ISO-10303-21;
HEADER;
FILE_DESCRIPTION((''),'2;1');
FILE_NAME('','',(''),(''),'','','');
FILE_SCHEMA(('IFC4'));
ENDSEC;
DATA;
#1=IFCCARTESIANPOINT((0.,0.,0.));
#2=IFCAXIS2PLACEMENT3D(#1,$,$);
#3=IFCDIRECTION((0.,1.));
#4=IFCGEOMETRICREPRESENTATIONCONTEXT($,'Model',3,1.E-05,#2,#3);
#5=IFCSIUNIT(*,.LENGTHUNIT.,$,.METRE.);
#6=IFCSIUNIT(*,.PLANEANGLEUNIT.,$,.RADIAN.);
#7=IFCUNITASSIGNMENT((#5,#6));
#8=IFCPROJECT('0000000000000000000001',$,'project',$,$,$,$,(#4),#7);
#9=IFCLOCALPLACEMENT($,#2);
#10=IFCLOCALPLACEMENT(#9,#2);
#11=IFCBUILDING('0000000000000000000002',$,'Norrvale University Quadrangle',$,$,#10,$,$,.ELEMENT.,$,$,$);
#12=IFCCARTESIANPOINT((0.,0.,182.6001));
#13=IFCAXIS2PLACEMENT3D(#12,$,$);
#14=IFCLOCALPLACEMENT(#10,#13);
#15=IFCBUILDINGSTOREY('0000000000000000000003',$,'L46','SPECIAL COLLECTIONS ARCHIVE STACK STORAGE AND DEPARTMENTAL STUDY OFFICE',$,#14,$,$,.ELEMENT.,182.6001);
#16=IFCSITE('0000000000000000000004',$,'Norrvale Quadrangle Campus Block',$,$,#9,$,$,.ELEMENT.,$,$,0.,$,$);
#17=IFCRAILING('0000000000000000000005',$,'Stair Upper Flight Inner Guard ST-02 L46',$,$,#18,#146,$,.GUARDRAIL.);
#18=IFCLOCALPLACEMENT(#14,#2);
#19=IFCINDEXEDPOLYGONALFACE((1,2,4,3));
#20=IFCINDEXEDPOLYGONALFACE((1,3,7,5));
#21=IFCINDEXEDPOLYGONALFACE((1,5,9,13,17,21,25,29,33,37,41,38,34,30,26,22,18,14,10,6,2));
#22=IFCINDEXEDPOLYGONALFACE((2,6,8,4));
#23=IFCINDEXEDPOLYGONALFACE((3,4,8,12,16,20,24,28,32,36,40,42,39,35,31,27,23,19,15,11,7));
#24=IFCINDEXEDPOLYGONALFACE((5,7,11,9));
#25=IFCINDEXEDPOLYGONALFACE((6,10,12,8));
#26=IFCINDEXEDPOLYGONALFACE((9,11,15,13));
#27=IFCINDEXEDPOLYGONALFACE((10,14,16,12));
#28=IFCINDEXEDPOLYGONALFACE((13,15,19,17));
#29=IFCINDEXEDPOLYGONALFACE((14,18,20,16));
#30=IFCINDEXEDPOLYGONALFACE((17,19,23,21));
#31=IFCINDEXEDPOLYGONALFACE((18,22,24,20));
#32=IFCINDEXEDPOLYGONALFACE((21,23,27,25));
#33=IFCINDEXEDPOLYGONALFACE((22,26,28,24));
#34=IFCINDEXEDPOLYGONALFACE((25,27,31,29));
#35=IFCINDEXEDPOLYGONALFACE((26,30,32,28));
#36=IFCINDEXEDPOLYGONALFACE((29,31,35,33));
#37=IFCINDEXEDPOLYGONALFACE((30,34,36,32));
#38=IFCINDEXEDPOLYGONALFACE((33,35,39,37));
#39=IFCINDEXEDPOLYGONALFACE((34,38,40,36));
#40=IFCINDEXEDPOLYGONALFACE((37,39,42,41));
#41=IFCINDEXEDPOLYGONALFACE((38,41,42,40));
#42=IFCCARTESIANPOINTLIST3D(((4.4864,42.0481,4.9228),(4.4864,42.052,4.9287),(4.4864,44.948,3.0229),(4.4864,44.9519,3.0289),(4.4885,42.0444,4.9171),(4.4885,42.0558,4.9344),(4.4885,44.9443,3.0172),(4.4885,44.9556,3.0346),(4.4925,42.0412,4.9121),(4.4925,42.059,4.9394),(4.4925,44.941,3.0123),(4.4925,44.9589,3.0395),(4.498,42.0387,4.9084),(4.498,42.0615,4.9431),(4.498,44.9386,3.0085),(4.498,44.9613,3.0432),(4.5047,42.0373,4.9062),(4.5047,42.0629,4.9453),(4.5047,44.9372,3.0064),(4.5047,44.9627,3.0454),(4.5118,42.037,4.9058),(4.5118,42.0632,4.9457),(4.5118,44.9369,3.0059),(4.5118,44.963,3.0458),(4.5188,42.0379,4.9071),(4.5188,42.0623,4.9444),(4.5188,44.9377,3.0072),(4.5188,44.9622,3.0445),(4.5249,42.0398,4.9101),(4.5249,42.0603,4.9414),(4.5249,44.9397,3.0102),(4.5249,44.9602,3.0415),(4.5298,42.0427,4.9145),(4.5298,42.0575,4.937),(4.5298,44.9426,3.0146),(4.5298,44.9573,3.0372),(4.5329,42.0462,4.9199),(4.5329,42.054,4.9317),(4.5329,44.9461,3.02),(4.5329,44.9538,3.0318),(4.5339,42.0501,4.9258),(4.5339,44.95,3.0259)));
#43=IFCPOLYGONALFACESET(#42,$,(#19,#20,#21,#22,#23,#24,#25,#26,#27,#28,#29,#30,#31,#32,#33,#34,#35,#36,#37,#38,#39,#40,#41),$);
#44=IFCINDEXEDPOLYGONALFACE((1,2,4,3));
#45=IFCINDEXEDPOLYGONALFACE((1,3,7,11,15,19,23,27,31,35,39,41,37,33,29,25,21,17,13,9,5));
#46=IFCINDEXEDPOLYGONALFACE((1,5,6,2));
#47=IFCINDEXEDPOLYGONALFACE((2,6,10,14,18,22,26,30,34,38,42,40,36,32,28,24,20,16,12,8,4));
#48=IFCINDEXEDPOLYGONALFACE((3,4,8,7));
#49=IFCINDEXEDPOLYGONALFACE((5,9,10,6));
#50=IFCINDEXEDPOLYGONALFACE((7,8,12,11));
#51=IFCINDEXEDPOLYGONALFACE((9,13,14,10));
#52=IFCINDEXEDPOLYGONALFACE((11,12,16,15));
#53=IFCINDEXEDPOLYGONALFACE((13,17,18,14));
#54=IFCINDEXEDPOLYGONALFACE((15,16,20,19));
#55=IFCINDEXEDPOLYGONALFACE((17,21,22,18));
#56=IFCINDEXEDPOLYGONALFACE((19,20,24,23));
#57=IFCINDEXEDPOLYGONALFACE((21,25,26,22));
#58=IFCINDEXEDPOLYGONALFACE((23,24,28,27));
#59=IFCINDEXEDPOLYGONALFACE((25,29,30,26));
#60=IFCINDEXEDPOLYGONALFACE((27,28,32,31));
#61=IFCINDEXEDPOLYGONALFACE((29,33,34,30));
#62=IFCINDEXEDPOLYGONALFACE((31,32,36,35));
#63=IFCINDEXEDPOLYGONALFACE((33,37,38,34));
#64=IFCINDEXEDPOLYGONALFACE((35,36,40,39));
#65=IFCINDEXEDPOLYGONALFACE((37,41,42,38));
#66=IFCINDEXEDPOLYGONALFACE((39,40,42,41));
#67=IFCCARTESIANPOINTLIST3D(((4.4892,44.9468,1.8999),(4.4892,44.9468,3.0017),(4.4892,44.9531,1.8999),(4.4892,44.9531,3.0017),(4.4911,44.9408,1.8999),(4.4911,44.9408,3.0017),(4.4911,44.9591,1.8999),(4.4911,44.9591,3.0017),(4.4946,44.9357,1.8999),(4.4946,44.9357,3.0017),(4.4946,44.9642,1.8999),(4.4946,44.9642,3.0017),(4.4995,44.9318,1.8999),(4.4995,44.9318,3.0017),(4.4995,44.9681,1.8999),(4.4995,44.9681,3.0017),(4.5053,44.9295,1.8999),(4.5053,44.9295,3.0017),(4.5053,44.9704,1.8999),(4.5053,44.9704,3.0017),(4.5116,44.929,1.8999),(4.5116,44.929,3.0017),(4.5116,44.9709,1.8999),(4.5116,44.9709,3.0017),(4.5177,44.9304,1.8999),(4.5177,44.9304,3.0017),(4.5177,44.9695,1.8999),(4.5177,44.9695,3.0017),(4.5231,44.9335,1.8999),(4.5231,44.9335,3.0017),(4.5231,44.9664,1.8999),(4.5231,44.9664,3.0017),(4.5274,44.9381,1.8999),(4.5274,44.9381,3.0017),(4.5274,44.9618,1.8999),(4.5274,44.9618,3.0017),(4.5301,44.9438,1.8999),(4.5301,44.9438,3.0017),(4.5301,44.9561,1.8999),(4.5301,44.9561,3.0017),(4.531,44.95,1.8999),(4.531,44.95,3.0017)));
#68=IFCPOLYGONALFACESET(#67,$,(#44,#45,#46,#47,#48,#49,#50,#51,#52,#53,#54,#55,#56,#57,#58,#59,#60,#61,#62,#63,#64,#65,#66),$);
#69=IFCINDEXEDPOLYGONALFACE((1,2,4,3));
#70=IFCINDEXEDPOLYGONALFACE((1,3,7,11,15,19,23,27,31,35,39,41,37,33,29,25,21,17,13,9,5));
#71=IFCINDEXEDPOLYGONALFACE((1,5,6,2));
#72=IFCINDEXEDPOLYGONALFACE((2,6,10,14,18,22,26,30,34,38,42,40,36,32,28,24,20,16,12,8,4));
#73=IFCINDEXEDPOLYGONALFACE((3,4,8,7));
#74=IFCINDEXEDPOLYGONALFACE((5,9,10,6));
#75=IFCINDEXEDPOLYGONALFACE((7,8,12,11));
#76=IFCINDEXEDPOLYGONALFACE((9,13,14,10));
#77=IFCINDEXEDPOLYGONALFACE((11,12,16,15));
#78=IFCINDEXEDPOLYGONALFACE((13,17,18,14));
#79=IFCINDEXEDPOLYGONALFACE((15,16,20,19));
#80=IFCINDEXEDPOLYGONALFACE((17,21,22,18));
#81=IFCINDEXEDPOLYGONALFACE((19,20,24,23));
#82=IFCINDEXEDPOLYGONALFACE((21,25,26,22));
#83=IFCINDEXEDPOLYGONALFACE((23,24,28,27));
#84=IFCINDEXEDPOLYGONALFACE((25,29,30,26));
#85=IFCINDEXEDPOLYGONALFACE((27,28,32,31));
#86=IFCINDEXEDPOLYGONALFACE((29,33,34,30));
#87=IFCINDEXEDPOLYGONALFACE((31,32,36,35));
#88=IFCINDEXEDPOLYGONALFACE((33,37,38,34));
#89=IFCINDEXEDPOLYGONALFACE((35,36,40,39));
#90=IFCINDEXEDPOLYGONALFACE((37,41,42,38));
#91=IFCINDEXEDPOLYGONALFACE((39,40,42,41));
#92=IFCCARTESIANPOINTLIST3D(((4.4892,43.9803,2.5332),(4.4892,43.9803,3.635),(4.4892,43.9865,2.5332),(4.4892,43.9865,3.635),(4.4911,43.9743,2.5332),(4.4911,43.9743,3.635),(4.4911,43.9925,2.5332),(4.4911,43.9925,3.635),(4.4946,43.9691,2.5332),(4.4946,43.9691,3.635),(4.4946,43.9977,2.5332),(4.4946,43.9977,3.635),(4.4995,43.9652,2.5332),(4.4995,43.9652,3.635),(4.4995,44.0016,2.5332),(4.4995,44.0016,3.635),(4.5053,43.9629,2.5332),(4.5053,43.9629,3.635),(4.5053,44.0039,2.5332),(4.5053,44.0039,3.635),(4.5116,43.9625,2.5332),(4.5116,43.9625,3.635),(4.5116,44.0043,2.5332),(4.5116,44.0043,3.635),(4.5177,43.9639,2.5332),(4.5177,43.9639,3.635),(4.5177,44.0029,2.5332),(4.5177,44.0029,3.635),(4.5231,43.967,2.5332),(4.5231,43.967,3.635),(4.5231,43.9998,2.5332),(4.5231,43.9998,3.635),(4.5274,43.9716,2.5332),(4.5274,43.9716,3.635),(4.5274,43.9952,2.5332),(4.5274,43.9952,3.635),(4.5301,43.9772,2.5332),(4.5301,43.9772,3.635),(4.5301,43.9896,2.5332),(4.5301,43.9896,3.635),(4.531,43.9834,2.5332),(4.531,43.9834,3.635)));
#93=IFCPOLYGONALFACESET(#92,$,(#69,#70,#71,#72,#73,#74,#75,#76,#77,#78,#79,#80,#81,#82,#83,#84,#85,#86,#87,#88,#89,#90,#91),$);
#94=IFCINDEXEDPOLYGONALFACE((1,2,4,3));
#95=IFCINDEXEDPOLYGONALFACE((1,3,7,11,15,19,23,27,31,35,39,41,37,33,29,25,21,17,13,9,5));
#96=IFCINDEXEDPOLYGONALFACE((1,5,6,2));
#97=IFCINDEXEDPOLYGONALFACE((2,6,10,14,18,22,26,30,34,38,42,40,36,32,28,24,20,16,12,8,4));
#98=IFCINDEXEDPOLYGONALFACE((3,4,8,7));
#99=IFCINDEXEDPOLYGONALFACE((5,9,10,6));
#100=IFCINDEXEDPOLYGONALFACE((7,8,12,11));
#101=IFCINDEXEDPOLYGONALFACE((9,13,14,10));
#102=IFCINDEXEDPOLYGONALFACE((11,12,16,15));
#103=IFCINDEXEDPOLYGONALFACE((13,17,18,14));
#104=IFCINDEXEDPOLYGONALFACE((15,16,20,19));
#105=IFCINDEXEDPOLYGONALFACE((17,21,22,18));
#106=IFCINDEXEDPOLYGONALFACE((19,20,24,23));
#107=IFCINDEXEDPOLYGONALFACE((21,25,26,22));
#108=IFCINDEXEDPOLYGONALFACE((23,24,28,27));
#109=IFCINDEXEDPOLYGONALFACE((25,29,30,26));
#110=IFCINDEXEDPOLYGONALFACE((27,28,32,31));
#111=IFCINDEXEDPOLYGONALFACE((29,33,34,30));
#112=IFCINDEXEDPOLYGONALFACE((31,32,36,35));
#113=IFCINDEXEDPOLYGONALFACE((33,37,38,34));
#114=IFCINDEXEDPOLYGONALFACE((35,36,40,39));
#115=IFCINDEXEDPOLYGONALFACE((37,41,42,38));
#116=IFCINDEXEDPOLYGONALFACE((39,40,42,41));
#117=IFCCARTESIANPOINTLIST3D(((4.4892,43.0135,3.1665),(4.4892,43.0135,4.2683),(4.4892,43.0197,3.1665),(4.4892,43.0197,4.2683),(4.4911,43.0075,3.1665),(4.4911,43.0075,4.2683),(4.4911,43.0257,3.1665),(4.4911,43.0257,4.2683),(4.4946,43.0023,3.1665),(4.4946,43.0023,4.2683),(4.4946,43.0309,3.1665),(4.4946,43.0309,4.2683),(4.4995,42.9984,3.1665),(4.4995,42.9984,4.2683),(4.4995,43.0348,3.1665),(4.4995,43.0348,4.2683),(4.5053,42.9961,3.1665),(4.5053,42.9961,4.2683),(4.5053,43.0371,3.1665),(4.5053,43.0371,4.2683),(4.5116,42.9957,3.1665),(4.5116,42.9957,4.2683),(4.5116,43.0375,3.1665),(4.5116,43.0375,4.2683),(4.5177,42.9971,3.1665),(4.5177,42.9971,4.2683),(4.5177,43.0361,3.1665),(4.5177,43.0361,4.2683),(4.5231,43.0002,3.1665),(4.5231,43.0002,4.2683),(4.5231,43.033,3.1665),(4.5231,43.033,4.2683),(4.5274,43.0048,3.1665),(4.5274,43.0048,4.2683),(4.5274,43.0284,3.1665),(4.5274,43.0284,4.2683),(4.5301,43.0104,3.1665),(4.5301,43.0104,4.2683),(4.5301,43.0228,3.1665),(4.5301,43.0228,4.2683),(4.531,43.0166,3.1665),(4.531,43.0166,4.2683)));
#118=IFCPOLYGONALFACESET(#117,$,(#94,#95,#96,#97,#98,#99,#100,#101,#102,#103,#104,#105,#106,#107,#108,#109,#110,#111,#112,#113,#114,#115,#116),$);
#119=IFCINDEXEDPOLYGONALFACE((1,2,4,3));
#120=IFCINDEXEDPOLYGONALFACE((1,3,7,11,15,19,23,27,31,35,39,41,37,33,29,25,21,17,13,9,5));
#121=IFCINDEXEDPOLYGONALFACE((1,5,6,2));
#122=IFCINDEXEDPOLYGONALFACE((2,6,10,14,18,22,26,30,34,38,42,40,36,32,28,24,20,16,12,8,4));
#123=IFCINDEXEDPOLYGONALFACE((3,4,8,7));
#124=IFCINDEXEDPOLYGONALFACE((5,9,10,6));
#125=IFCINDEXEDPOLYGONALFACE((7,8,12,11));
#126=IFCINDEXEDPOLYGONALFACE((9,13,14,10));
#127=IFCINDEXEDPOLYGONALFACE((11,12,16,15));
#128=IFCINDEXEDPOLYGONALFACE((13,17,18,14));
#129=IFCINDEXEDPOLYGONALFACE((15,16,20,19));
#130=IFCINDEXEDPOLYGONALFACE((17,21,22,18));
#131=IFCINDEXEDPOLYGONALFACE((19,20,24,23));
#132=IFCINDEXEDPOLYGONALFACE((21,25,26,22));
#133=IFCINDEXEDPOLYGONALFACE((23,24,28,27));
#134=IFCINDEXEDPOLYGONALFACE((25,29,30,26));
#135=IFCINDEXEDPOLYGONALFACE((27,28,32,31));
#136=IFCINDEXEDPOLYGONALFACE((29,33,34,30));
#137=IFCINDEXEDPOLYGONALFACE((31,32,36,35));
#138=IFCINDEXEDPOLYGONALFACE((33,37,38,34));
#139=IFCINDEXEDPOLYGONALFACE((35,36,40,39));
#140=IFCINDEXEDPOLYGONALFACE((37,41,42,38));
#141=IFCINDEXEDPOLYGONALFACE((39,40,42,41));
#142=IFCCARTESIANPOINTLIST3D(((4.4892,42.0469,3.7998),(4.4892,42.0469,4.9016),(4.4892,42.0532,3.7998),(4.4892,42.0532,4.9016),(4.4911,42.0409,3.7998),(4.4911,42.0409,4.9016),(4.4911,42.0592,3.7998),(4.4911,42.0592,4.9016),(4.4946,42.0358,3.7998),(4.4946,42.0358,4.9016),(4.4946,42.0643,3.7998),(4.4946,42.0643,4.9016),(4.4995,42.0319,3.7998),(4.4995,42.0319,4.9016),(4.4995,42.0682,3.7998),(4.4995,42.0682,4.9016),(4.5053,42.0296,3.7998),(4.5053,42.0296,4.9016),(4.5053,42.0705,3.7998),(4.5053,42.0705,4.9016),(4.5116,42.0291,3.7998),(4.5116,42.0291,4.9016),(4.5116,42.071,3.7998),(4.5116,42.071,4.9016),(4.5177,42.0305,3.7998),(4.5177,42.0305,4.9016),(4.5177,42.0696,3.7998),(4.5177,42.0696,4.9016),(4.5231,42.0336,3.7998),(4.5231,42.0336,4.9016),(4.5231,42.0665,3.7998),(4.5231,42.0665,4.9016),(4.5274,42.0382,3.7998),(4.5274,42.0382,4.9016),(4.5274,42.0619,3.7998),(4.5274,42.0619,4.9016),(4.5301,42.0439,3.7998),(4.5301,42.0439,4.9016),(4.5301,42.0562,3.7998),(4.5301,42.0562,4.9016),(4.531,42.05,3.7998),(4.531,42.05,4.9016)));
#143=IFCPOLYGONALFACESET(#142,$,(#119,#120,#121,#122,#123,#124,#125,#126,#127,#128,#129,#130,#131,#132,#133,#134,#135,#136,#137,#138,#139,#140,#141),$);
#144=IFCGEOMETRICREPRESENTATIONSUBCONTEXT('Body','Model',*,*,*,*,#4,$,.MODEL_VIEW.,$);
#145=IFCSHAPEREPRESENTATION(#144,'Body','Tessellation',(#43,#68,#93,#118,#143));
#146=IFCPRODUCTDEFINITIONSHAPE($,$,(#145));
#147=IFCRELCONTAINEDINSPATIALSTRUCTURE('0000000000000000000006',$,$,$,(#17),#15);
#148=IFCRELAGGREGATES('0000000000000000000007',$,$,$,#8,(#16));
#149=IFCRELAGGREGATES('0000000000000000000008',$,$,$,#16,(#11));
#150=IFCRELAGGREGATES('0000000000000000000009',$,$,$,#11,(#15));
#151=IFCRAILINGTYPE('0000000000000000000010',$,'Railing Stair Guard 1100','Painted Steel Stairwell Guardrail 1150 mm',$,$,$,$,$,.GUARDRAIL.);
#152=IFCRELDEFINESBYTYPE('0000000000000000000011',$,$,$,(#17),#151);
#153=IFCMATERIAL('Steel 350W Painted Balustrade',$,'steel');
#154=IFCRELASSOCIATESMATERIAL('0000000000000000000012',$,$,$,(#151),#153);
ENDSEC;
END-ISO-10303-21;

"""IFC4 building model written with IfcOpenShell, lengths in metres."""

from ifc_helpers import new_model, si_unit, direction, frame, origin, origin_2d, place, context, subcontext, project, spatial, circle, extrude, material, type_object, element, save


model = new_model("IFC4")

# Units and contexts
model_context = context("Model", 3, precision=1e-05, world=origin(), true_north=direction((0.0, 1.0)))
body_context = subcontext(model_context, "Body", "Model", "MODEL_VIEW")
ifc_project = project(units=[si_unit("LENGTHUNIT", "METRE"), si_unit("PLANEANGLEUNIT", "RADIAN")], contexts=[model_context])

# Site, building, storey
site_placement = place(None, origin())
site = spatial("IfcSite", under=ifc_project, at=site_placement, Name="Norrvale Quadrangle Campus Block", CompositionType="ELEMENT", RefElevation=0.0)
building_placement = place(site_placement, origin())
building = spatial("IfcBuilding", under=site, at=building_placement, Name="Norrvale University Quadrangle", CompositionType="ELEMENT")
storey_placement = place(building_placement, frame((0.0, 0.0, 182.6001)))
storey = spatial("IfcBuildingStorey", under=building, at=storey_placement, Name="L46", Description="SPECIAL COLLECTIONS ARCHIVE STACK STORAGE AND DEPARTMENTAL STUDY OFFICE", CompositionType="ELEMENT", Elevation=182.6001)

# Railing
ifc_material_1 = material(Name="Steel 350W Painted Balustrade", Category="steel")
railing_type_1 = type_object("IfcRailingType", Name="Railing Stair Guard 1100", Description="Painted Steel Stairwell Guardrail 1150 mm", PredefinedType="GUARDRAIL", material=ifc_material_1)
railing_1_placement = place(storey_placement, frame((4.51, 44.95, 1.8999)))
element("IfcRailing", 1, at=railing_1_placement, inside=storey, type_object=railing_type_1, Name="Stair Upper Flight Inner Guard ST-02 L46", PredefinedType="GUARDRAIL", context=body_context, shape_type="SweptSolid", body=[
    extrude(circle(Radius=0.0239, at=origin_2d()), frame((0.0, 0.0, 1.126), z_axis=(0.0, -0.836466, 0.548019), x_axis=(1.0, 0.0, 0.0)), (0.0, 0.0, 1.0), 3.4668),
    extrude(circle(Radius=0.021, at=origin_2d()), origin(), (0.0, 0.0, 1.0), 1.1018),
    extrude(circle(Radius=0.021, at=origin_2d()), frame((0.0, -0.9666, 0.6333)), (0.0, 0.0, 1.0), 1.1018),
    extrude(circle(Radius=0.021, at=origin_2d()), frame((0.0, -1.9333, 1.2666)), (0.0, 0.0, 1.0), 1.1018),
    extrude(circle(Radius=0.021, at=origin_2d()), frame((0.0, -2.8999, 1.8999)), (0.0, 0.0, 1.0), 1.1018),
])

save(model, "model.ifc")
